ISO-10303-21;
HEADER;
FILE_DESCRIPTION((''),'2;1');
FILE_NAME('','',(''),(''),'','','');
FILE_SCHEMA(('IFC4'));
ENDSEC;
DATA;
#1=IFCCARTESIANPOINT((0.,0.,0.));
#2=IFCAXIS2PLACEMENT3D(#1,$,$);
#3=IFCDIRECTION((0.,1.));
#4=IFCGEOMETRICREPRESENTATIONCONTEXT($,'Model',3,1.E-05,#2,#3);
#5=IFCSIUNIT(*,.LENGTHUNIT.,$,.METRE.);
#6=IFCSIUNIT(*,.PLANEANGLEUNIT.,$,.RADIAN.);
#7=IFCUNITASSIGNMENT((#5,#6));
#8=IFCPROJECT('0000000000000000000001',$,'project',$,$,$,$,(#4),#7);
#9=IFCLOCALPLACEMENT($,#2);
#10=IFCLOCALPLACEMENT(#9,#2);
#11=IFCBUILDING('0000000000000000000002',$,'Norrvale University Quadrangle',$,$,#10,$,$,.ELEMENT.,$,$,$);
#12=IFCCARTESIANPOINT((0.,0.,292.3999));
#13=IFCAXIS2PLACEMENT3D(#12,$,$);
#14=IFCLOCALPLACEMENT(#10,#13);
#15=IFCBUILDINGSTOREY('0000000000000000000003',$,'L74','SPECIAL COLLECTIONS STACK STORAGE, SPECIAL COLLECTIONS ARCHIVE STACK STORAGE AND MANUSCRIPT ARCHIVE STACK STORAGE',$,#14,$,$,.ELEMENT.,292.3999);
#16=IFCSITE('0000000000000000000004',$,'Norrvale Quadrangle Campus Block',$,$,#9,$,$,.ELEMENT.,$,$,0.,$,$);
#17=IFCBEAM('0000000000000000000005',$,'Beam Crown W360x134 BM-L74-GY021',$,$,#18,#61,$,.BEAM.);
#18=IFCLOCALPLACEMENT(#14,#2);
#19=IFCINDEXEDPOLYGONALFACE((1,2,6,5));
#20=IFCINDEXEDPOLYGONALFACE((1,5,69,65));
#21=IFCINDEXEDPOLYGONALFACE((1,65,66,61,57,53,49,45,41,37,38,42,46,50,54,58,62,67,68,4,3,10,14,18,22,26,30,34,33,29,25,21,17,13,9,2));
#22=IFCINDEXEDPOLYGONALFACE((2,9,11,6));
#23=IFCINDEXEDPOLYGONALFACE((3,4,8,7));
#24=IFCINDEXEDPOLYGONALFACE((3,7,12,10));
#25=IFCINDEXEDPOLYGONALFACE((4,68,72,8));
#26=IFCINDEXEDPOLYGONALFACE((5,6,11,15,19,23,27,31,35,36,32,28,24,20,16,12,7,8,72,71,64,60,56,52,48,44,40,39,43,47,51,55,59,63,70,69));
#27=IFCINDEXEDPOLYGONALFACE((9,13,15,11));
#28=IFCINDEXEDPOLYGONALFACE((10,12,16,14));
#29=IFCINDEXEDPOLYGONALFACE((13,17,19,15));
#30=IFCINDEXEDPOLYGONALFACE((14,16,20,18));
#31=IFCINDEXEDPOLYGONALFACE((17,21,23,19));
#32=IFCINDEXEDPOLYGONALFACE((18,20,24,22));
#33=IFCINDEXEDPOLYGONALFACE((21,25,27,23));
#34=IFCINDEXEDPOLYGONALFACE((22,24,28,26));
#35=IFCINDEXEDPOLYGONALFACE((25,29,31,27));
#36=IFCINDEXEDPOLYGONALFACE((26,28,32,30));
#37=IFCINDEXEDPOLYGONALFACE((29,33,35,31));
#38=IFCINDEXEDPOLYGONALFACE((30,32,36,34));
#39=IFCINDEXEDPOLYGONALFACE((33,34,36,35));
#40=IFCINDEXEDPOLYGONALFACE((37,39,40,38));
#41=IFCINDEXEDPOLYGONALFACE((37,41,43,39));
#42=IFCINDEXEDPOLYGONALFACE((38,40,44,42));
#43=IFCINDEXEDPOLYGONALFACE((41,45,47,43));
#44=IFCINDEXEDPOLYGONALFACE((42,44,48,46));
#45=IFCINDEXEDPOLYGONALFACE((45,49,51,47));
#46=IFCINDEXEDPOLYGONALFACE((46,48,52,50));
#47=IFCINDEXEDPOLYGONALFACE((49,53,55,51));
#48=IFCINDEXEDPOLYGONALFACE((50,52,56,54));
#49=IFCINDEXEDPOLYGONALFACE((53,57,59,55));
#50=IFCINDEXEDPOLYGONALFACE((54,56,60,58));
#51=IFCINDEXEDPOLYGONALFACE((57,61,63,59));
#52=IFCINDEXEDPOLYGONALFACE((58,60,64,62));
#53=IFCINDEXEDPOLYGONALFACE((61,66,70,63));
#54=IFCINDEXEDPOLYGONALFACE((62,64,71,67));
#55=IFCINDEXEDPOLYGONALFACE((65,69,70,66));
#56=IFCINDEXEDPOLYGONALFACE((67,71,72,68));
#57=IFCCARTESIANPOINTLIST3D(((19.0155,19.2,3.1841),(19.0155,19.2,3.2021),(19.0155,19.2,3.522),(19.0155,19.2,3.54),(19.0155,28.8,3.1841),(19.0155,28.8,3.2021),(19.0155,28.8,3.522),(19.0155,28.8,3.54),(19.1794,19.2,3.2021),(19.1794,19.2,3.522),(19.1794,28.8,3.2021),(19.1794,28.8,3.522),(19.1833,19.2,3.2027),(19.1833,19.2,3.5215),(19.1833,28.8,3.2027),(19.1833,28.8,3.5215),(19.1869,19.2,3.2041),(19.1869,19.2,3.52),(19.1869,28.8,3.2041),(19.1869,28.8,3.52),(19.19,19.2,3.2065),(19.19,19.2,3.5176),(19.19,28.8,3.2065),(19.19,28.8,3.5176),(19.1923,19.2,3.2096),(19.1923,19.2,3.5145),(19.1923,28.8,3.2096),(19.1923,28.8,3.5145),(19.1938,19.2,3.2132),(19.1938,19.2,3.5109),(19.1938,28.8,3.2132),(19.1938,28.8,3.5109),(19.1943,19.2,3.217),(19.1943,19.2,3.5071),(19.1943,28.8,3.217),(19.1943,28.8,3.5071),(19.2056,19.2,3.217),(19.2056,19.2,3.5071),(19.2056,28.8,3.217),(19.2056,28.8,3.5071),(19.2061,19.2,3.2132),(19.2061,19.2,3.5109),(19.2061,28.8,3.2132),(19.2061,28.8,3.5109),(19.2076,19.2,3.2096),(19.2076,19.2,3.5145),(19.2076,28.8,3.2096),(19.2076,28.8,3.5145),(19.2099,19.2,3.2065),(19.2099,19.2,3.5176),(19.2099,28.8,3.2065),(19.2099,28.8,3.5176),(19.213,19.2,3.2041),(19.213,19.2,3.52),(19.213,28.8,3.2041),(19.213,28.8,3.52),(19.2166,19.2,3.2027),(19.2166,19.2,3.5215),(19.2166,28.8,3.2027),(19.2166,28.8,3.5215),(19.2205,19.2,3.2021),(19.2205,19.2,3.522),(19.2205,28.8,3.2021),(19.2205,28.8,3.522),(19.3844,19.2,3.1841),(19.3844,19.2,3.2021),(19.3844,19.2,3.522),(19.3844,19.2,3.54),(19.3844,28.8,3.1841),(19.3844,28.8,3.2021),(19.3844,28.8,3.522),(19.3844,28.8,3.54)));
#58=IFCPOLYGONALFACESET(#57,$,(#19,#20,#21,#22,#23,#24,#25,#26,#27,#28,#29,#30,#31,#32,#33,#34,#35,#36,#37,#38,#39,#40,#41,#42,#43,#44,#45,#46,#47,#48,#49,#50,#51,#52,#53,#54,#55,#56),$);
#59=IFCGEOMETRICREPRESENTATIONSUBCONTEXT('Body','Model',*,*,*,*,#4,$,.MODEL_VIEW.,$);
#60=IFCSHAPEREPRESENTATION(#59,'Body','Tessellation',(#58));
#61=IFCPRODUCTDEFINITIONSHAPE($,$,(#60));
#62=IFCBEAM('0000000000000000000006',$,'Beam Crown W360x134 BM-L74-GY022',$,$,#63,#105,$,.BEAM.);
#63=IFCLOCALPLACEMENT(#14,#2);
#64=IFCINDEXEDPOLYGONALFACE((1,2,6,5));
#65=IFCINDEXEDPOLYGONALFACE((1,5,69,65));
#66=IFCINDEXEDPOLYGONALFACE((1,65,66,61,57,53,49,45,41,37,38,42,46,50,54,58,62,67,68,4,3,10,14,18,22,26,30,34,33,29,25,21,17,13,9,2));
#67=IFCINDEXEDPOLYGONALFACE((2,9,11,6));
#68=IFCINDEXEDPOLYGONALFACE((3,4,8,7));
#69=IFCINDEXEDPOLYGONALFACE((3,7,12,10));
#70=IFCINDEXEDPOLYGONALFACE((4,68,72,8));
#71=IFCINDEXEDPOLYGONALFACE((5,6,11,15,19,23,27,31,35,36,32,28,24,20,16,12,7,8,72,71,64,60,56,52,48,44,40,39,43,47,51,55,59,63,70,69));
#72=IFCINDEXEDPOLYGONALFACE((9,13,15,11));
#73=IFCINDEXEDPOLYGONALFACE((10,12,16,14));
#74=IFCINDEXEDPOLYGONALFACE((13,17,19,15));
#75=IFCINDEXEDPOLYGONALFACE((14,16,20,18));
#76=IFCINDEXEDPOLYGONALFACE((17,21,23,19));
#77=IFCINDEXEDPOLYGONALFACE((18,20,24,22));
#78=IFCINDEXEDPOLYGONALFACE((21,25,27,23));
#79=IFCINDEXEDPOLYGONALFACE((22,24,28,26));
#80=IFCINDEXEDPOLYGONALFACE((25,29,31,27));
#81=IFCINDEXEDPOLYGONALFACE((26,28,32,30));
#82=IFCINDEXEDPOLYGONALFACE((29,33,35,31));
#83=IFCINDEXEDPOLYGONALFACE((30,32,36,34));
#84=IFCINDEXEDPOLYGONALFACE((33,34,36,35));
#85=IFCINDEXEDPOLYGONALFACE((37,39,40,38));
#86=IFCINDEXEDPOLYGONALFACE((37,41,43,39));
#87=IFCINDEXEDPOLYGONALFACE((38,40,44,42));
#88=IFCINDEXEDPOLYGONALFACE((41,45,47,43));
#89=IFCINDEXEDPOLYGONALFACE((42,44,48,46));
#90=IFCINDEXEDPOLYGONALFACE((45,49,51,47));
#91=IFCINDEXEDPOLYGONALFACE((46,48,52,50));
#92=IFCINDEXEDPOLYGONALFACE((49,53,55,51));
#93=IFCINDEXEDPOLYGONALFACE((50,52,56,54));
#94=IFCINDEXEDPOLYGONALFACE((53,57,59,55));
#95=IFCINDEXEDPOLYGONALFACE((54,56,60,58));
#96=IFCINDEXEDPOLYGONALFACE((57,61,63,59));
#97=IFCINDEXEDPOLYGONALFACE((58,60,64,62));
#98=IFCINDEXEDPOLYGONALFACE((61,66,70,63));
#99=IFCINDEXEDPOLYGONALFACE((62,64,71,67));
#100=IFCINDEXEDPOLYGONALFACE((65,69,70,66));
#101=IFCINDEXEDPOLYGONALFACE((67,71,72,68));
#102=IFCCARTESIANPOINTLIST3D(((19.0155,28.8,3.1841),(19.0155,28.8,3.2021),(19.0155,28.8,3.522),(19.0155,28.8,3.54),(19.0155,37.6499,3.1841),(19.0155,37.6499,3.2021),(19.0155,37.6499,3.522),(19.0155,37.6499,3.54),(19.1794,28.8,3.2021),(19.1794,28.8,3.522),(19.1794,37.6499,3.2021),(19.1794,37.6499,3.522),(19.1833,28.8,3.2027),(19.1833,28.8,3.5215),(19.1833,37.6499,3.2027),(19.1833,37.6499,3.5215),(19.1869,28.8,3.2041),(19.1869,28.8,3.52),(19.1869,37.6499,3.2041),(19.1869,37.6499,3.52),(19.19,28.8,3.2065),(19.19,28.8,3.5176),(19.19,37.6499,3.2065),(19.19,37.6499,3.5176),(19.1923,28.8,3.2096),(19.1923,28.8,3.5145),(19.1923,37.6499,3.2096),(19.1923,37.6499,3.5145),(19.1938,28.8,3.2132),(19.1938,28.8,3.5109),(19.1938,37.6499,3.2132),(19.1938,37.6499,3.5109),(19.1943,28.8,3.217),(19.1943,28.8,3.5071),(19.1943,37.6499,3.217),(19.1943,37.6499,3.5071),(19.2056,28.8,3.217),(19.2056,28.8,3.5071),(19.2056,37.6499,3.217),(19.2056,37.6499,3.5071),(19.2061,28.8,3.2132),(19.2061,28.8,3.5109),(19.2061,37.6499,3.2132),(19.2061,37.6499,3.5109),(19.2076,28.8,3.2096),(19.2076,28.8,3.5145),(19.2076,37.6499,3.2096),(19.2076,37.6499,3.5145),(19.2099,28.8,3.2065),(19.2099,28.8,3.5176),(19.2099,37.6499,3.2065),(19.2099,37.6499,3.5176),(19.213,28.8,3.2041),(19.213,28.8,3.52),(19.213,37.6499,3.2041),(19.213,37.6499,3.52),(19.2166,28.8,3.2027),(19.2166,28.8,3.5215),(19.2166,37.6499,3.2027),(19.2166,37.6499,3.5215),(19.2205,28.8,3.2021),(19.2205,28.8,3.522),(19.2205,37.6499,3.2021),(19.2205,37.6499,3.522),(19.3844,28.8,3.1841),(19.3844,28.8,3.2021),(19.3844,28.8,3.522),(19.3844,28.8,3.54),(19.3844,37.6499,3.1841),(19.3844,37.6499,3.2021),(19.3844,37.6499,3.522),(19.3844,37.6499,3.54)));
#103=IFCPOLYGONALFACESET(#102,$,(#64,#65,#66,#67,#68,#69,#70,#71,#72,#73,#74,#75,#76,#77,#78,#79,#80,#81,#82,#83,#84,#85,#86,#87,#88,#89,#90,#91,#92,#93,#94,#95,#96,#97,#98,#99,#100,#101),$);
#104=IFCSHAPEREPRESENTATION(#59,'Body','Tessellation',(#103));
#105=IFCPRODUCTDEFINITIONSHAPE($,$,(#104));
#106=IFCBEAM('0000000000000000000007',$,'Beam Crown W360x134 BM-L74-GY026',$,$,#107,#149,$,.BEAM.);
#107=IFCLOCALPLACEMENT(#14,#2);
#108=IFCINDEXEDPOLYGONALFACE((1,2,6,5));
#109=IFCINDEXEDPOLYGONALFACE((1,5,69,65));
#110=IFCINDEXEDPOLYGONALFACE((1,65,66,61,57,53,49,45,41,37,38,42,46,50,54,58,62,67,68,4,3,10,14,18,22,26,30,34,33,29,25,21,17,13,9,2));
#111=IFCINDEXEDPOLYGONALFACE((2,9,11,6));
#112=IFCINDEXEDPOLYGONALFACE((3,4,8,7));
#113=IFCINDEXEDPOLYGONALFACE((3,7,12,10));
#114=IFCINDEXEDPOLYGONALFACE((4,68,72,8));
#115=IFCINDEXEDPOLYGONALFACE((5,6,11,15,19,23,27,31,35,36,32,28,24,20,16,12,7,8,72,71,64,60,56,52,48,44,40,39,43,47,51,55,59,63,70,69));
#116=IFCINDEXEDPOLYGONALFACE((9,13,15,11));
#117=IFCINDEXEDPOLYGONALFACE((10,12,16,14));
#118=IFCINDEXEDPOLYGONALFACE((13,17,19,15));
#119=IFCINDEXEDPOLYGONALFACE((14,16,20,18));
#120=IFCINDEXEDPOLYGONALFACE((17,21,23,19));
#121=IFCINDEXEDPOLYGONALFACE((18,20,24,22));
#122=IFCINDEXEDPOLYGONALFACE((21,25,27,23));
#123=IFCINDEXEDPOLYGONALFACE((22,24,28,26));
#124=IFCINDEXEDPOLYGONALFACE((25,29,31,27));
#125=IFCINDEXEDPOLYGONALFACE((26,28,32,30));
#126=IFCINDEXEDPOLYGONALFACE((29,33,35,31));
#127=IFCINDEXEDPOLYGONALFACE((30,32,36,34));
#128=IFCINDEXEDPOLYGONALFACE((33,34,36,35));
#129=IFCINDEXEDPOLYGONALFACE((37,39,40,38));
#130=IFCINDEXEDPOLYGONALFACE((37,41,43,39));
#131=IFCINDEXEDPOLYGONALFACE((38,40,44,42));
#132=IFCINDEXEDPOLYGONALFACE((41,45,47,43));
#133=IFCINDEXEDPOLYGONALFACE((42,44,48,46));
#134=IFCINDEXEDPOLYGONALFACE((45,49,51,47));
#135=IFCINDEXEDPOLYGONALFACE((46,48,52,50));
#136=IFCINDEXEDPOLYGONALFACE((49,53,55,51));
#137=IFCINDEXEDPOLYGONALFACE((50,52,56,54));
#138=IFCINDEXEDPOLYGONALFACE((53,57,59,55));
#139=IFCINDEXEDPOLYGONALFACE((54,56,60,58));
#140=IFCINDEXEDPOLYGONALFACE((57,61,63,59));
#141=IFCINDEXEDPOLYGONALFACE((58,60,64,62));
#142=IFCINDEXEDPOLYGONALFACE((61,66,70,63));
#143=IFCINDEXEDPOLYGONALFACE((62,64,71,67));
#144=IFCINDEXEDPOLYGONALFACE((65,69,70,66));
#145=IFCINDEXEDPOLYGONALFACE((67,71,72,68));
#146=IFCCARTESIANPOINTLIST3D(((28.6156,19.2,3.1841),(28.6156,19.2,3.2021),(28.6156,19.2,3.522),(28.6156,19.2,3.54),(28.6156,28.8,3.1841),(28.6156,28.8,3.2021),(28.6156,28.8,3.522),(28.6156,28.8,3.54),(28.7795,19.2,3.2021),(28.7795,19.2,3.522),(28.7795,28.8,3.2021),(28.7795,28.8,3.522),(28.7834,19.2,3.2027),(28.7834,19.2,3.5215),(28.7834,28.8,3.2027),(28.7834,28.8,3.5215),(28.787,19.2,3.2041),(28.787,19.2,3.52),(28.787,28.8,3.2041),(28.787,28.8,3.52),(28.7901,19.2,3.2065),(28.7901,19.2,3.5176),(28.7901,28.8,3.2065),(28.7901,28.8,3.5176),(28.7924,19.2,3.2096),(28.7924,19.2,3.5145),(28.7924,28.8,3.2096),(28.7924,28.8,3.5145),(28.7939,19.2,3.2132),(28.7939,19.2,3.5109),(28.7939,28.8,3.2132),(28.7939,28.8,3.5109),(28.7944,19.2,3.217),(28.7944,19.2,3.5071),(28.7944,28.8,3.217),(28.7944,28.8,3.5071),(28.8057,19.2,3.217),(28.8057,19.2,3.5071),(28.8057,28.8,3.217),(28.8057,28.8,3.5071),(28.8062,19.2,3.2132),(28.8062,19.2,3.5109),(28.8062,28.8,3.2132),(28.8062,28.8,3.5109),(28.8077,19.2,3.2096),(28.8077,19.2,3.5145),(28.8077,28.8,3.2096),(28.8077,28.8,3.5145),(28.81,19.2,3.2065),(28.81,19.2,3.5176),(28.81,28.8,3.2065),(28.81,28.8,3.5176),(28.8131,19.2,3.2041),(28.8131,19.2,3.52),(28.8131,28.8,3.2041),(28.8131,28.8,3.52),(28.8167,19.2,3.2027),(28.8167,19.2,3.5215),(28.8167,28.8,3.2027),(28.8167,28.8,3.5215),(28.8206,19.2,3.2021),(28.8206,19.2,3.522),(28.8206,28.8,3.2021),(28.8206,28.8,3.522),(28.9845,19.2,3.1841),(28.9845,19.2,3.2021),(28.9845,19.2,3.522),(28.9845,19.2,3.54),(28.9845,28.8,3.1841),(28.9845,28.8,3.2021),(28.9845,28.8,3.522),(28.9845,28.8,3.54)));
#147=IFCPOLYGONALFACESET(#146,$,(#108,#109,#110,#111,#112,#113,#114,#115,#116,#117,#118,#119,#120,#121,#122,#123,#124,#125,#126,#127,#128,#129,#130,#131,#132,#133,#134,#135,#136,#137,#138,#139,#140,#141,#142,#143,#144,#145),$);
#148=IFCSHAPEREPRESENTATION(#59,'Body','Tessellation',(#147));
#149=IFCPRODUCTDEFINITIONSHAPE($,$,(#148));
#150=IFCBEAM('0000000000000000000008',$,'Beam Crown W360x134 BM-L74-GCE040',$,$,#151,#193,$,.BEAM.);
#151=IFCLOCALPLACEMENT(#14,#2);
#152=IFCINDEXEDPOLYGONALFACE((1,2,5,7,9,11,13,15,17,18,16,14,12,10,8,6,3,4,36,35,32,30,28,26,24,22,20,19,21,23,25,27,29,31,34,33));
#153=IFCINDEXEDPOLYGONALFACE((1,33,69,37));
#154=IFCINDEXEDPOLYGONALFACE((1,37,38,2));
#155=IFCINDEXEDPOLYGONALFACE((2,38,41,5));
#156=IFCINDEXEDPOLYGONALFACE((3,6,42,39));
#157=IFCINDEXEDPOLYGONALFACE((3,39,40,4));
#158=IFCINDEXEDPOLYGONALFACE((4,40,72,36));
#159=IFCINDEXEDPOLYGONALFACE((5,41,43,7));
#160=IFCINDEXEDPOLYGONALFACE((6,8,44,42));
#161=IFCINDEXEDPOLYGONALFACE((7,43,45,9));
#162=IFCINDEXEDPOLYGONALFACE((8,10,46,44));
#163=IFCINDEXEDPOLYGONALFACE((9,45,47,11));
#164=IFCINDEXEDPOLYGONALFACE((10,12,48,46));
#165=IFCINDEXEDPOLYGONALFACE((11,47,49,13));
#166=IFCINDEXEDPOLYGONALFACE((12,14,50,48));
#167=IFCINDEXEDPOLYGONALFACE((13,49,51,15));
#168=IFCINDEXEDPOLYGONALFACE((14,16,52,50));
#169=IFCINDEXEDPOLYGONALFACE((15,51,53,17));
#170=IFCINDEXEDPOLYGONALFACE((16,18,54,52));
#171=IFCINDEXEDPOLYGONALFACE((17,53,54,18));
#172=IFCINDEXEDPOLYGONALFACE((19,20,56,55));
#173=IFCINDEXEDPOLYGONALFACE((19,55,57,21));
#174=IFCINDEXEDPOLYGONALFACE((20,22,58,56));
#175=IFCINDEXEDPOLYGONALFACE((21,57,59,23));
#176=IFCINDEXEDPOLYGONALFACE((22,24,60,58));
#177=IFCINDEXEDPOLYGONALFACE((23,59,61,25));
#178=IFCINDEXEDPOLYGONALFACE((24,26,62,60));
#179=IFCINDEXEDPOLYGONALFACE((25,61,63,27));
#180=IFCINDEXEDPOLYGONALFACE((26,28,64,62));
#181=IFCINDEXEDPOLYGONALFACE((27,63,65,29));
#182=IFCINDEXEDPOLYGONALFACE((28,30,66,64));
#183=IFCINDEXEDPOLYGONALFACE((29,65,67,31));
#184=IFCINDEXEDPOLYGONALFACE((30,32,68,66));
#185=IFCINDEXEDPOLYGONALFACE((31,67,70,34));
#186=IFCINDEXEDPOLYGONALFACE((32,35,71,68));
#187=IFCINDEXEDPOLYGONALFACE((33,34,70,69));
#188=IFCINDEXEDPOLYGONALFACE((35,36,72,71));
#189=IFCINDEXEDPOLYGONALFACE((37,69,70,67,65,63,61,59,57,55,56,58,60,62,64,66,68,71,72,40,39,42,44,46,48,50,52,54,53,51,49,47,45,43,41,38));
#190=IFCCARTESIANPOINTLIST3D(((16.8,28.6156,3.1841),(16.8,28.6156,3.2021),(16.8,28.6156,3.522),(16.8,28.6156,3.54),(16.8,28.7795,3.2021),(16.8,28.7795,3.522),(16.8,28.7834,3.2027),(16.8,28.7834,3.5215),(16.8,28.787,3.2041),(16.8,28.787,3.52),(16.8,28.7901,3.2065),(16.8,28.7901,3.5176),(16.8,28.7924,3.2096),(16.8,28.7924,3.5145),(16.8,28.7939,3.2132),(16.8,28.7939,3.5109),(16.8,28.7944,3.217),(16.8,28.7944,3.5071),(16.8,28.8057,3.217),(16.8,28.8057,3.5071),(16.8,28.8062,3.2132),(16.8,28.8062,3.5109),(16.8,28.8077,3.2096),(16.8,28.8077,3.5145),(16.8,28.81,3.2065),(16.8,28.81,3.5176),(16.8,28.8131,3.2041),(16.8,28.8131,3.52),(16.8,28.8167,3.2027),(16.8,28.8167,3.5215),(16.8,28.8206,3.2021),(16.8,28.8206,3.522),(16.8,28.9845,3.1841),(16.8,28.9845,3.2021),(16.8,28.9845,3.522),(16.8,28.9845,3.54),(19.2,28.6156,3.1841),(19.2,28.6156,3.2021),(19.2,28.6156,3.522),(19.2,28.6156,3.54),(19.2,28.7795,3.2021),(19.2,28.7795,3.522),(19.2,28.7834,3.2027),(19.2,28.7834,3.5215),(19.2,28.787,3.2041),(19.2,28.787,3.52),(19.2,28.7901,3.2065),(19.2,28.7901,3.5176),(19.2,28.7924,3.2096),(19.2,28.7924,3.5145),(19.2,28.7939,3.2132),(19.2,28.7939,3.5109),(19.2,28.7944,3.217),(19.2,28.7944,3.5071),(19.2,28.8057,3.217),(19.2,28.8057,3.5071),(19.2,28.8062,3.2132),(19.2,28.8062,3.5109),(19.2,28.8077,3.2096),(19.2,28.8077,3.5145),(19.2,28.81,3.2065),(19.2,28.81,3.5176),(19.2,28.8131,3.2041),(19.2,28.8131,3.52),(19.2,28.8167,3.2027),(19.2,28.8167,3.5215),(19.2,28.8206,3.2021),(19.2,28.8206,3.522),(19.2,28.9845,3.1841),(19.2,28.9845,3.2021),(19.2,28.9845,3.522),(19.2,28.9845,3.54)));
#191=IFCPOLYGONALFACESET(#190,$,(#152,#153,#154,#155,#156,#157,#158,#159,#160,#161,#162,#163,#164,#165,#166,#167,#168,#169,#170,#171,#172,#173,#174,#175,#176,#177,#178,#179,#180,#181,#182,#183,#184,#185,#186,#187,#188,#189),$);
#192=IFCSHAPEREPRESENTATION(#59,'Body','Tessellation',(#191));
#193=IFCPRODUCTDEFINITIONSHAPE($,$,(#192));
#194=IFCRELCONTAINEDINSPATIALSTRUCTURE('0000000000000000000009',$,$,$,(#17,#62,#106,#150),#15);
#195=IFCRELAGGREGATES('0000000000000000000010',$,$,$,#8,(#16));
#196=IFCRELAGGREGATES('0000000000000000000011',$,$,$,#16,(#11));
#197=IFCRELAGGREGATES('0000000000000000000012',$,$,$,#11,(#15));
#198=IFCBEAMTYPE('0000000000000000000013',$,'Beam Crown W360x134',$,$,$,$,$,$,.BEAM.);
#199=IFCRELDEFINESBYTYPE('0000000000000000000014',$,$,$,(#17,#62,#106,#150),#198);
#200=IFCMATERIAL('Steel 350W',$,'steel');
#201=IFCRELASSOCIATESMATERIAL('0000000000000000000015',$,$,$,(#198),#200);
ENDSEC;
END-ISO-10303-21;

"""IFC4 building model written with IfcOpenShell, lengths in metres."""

from ifc_helpers import new_model, si_unit, direction, frame, origin, origin_2d, place, context, subcontext, project, spatial, i_section, extrude, material, material_profile, profile_set, type_object, element, save


model = new_model("IFC4")

# Units and contexts
model_context = context("Model", 3, precision=1e-05, world=origin(), true_north=direction((0.0, 1.0)))
body_context = subcontext(model_context, "Body", "Model", "MODEL_VIEW")
ifc_project = project(units=[si_unit("LENGTHUNIT", "METRE"), si_unit("PLANEANGLEUNIT", "RADIAN")], contexts=[model_context])

# Site, building, storey
site_placement = place(None, origin())
site = spatial("IfcSite", under=ifc_project, at=site_placement, Name="Norrvale Quadrangle Campus Block", CompositionType="ELEMENT", RefElevation=0.0)
building_placement = place(site_placement, origin())
building = spatial("IfcBuilding", under=site, at=building_placement, Name="Norrvale University Quadrangle", CompositionType="ELEMENT")
storey_placement = place(building_placement, frame((0.0, 0.0, 292.3999)))
storey = spatial("IfcBuildingStorey", under=building, at=storey_placement, Name="L74", Description="SPECIAL COLLECTIONS STACK STORAGE, SPECIAL COLLECTIONS ARCHIVE STACK STORAGE AND MANUSCRIPT ARCHIVE STACK STORAGE", CompositionType="ELEMENT", Elevation=292.3999)

# Beams
ifc_material_1 = material(Name="Steel 350W", Category="steel")
ifc_material_profile_1 = material_profile(ifc_material_1, i_section(OverallWidth=0.3689, OverallDepth=0.356, WebThickness=0.0112, FlangeThickness=0.0181, FilletRadius=0.0149, at=origin_2d()), Name="Steel 350W")
ifc_profile_set_1 = profile_set([ifc_material_profile_1], Name="Steel 350W")
beam_type_1 = type_object("IfcBeamType", Name="Beam Crown W360x134", PredefinedType="BEAM", material=ifc_profile_set_1)
for number, where, z_axis, x_axis, name in (
    (1, (19.2, 19.2, 3.3621), (0.0, 1.0, 0.0), (-1.0, 0.0, 0.0), "Beam Crown W360x134 BM-L74-GY021"),
):
    element("IfcBeam", number, at=place(storey_placement, frame(where, z_axis=z_axis, x_axis=x_axis)), inside=storey, type_object=beam_type_1, Name=name, PredefinedType="BEAM", context=body_context, shape_type="SweptSolid", body=[
        extrude(i_section(OverallWidth=0.3689, OverallDepth=0.356, WebThickness=0.0112, FlangeThickness=0.0181, FilletRadius=0.0149, at=origin_2d()), origin(), (0.0, 0.0, 1.0), 9.6001),
    ])
beam_1_placement = place(storey_placement, frame((19.2, 28.8, 3.3621), z_axis=(0.0, 1.0, 0.0), x_axis=(-1.0, 0.0, 0.0)))
element("IfcBeam", 2, at=beam_1_placement, inside=storey, type_object=beam_type_1, Name="Beam Crown W360x134 BM-L74-GY022", PredefinedType="BEAM", context=body_context, shape_type="SweptSolid", body=[
    extrude(i_section(OverallWidth=0.3689, OverallDepth=0.356, WebThickness=0.0112, FlangeThickness=0.0181, FilletRadius=0.0149, at=origin_2d()), origin(), (0.0, 0.0, 1.0), 8.8499),
])
beam_2_placement = place(storey_placement, frame((28.8, 19.2, 3.3621), z_axis=(0.0, 1.0, 0.0), x_axis=(-1.0, 0.0, 0.0)))
element("IfcBeam", 3, at=beam_2_placement, inside=storey, type_object=beam_type_1, Name="Beam Crown W360x134 BM-L74-GY026", PredefinedType="BEAM", context=body_context, shape_type="SweptSolid", body=[
    extrude(i_section(OverallWidth=0.3689, OverallDepth=0.356, WebThickness=0.0112, FlangeThickness=0.0181, FilletRadius=0.0149, at=origin_2d()), origin(), (0.0, 0.0, 1.0), 9.6001),
])
beam_3_placement = place(storey_placement, frame((16.8, 28.8, 3.3621), z_axis=(1.0, 0.0, 0.0), x_axis=(0.0, 1.0, 0.0)))
element("IfcBeam", 4, at=beam_3_placement, inside=storey, type_object=beam_type_1, Name="Beam Crown W360x134 BM-L74-GCE040", PredefinedType="BEAM", context=body_context, shape_type="SweptSolid", body=[
    extrude(i_section(OverallWidth=0.3689, OverallDepth=0.356, WebThickness=0.0112, FlangeThickness=0.0181, FilletRadius=0.0149, at=origin_2d()), origin(), (0.0, 0.0, 1.0), 2.3999),
])

save(model, "model.ifc")
